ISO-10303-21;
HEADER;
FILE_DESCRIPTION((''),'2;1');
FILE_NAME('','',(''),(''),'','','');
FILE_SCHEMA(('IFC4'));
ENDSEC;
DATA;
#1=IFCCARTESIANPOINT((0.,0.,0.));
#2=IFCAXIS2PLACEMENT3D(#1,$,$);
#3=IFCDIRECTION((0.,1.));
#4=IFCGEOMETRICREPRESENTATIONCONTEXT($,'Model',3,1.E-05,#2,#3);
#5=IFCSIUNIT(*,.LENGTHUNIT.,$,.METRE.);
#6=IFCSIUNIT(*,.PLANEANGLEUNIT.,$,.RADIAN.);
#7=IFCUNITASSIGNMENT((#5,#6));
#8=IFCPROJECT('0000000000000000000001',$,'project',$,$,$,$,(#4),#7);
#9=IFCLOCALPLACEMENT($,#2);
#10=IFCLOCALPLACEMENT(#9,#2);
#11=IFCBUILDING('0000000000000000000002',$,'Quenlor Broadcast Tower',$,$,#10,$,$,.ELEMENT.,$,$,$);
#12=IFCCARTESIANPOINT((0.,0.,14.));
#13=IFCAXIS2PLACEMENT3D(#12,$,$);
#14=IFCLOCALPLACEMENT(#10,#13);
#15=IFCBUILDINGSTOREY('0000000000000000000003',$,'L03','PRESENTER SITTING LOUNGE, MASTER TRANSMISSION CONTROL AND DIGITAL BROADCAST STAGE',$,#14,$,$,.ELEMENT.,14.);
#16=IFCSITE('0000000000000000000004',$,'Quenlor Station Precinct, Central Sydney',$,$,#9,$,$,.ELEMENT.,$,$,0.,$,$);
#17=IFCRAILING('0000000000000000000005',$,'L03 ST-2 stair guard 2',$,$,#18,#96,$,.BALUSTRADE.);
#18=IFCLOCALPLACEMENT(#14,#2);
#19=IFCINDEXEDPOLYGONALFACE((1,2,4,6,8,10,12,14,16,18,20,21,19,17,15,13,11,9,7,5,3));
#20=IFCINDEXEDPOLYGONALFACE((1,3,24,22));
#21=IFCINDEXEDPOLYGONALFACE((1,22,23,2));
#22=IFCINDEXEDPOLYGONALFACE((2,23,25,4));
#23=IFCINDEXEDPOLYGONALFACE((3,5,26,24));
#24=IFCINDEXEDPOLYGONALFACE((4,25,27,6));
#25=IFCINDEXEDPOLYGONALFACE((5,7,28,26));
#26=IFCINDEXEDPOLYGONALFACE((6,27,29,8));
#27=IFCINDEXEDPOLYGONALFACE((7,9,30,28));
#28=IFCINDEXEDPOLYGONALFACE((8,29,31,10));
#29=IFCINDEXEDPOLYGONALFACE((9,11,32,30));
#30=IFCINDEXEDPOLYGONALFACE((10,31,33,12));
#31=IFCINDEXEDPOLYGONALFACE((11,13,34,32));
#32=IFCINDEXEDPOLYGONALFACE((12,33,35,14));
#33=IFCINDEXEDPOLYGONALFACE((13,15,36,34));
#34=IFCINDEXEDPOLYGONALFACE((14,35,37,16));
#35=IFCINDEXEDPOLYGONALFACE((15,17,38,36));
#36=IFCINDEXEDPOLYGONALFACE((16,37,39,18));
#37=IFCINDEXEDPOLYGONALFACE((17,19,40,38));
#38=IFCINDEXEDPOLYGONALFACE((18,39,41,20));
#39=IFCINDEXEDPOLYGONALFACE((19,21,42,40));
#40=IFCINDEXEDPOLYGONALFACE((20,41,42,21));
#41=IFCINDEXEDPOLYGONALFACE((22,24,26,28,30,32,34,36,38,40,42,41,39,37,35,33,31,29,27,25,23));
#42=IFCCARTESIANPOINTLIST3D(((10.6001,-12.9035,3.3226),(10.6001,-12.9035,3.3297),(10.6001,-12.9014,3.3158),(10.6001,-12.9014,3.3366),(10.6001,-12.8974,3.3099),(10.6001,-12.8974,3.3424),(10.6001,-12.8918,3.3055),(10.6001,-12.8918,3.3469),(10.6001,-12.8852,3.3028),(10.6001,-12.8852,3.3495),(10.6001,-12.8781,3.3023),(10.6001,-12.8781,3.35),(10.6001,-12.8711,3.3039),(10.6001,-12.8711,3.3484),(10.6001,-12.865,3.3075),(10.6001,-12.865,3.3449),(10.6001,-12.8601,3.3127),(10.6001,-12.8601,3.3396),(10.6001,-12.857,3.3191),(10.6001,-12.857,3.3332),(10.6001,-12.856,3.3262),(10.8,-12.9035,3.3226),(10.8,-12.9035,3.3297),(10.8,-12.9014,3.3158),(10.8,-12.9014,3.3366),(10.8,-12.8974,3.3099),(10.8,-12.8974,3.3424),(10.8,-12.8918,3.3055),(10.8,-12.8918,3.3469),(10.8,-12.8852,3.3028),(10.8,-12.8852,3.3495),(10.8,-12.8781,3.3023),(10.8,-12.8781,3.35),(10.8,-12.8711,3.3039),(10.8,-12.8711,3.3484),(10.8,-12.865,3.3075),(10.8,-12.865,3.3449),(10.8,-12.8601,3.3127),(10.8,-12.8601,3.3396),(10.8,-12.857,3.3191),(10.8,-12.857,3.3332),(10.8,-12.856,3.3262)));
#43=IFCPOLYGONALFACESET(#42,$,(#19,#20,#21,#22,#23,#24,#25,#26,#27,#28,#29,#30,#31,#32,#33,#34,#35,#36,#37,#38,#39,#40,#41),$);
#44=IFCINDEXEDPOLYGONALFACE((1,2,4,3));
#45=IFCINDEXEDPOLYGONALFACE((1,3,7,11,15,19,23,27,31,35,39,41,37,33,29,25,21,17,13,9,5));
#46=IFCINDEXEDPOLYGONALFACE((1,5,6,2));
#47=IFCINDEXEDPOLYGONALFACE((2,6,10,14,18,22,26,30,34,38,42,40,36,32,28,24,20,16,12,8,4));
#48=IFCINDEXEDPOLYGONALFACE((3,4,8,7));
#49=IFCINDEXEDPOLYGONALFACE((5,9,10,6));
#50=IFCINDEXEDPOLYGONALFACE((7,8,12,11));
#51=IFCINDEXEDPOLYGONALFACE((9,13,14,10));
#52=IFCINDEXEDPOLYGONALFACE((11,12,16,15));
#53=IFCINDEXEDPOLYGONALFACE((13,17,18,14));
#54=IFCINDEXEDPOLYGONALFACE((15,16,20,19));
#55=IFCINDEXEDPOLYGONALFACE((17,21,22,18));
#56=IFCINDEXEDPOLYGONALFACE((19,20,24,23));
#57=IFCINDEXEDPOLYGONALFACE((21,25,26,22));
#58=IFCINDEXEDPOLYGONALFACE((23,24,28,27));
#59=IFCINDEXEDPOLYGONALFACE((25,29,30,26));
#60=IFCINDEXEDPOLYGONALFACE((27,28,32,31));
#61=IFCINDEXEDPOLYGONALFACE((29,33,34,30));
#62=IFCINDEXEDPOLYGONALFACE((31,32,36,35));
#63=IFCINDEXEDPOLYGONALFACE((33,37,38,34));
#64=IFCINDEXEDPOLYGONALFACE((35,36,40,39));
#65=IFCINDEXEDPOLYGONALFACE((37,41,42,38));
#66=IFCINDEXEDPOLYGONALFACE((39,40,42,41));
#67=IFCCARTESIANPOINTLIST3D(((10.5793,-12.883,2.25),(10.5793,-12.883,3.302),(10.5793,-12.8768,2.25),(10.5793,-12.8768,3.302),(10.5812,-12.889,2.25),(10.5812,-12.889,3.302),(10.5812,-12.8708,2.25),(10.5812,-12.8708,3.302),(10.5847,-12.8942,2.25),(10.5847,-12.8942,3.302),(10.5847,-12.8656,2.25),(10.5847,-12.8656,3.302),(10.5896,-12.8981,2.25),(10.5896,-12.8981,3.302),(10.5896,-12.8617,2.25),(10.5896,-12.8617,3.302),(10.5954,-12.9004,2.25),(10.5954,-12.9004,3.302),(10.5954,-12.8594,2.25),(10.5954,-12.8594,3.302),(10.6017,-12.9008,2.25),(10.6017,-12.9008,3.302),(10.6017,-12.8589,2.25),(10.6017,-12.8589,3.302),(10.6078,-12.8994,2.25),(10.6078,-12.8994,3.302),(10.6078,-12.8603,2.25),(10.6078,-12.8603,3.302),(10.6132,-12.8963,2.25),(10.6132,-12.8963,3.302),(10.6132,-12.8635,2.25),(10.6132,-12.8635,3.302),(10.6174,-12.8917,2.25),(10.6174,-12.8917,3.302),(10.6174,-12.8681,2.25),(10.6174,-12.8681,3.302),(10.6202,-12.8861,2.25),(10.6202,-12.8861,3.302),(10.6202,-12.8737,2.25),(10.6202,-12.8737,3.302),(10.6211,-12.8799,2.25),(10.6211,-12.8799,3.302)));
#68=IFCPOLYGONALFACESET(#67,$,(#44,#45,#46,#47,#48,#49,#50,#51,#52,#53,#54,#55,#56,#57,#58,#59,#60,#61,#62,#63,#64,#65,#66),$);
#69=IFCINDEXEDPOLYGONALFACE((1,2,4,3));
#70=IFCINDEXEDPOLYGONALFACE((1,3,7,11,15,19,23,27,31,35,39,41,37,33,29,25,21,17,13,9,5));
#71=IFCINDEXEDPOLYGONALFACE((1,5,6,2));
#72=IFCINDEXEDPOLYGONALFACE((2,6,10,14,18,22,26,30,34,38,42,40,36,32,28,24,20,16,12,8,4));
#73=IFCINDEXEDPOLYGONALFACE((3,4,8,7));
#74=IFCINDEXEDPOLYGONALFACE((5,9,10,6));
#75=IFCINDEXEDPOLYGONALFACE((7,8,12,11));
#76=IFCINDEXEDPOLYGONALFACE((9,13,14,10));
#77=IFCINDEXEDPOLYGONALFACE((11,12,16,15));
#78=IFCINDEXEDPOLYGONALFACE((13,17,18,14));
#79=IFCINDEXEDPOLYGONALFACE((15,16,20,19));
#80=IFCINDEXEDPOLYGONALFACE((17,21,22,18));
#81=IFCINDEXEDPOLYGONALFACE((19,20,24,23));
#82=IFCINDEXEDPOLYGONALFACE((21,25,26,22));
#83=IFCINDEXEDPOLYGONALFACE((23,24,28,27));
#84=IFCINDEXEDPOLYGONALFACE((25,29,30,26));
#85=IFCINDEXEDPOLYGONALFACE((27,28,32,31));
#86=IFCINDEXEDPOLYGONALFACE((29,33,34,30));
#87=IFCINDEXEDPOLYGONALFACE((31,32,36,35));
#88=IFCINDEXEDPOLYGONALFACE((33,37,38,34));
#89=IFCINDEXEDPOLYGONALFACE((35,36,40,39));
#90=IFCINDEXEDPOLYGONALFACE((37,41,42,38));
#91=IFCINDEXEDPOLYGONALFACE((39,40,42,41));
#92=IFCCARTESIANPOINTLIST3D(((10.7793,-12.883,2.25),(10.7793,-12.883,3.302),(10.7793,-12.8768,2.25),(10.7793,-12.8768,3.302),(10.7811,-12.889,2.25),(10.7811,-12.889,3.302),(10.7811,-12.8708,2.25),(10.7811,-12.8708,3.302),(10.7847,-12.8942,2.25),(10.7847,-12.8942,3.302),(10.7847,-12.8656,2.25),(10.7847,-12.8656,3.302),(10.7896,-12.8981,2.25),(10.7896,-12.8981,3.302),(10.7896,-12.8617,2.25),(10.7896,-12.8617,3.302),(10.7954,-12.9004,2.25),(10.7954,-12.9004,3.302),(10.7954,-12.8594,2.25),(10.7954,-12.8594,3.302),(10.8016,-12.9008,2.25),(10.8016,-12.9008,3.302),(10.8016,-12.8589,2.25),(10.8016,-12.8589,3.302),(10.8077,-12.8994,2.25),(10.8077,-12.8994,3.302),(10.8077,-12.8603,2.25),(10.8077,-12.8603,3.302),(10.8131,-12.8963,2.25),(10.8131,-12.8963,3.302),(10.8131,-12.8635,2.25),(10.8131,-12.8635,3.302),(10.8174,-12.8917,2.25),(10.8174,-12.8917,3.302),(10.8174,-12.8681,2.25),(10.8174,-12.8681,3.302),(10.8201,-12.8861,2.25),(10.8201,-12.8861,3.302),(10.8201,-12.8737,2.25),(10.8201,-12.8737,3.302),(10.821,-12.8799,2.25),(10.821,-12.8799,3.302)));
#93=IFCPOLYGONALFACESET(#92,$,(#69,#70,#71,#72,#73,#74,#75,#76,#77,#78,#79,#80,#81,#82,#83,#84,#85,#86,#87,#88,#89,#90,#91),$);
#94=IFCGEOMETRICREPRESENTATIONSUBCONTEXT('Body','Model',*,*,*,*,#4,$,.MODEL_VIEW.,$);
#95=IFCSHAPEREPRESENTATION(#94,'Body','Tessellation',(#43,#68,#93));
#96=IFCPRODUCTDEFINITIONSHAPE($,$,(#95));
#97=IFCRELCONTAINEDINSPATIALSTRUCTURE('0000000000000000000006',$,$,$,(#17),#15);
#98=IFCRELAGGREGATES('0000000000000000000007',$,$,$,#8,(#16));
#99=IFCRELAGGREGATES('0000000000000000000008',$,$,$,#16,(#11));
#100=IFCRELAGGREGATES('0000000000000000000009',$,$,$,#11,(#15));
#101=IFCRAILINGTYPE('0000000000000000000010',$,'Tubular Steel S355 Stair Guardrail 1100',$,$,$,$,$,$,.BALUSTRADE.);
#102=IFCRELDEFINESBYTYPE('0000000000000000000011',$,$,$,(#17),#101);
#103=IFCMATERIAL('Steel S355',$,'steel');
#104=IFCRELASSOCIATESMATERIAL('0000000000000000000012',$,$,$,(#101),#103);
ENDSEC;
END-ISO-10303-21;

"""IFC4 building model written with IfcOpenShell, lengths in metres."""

from ifc_helpers import new_model, si_unit, direction, frame, origin, origin_2d, place, context, subcontext, project, spatial, circle, extrude, material, type_object, element, save


model = new_model("IFC4")

# Units and contexts
model_context = context("Model", 3, precision=1e-05, world=origin(), true_north=direction((0.0, 1.0)))
body_context = subcontext(model_context, "Body", "Model", "MODEL_VIEW")
ifc_project = project(units=[si_unit("LENGTHUNIT", "METRE"), si_unit("PLANEANGLEUNIT", "RADIAN")], contexts=[model_context])

# Site, building, storey
site_placement = place(None, origin())
site = spatial("IfcSite", under=ifc_project, at=site_placement, Name="Quenlor Station Precinct, Central Sydney", CompositionType="ELEMENT", RefElevation=0.0)
building_placement = place(site_placement, origin())
building = spatial("IfcBuilding", under=site, at=building_placement, Name="Quenlor Broadcast Tower", CompositionType="ELEMENT")
storey_placement = place(building_placement, frame((0.0, 0.0, 14.0)))
storey = spatial("IfcBuildingStorey", under=building, at=storey_placement, Name="L03", Description="PRESENTER SITTING LOUNGE, MASTER TRANSMISSION CONTROL AND DIGITAL BROADCAST STAGE", CompositionType="ELEMENT", Elevation=14.0)

# Railing
ifc_material_1 = material(Name="Steel S355", Category="steel")
railing_type_1 = type_object("IfcRailingType", Name="Tubular Steel S355 Stair Guardrail 1100", PredefinedType="BALUSTRADE", material=ifc_material_1)
railing_1_placement = place(storey_placement, frame((10.6001, -12.8799, 2.25)))
element("IfcRailing", 1, at=railing_1_placement, inside=storey, type_object=railing_type_1, Name="L03 ST-2 stair guard 2", PredefinedType="BALUSTRADE", context=body_context, shape_type="SweptSolid", body=[
    extrude(circle(Radius=0.0239, at=origin_2d()), frame((0.0, 0.0, 1.0762), z_axis=(1.0, 0.0, 0.0), x_axis=(0.0, 1.0, 0.0)), (0.0, 0.0, 1.0), 0.2),
    extrude(circle(Radius=0.021, at=origin_2d()), origin(), (0.0, 0.0, 1.0), 1.052),
    extrude(circle(Radius=0.021, at=origin_2d()), frame((0.2, 0.0, 0.0)), (0.0, 0.0, 1.0), 1.052),
])

save(model, "model.ifc")
